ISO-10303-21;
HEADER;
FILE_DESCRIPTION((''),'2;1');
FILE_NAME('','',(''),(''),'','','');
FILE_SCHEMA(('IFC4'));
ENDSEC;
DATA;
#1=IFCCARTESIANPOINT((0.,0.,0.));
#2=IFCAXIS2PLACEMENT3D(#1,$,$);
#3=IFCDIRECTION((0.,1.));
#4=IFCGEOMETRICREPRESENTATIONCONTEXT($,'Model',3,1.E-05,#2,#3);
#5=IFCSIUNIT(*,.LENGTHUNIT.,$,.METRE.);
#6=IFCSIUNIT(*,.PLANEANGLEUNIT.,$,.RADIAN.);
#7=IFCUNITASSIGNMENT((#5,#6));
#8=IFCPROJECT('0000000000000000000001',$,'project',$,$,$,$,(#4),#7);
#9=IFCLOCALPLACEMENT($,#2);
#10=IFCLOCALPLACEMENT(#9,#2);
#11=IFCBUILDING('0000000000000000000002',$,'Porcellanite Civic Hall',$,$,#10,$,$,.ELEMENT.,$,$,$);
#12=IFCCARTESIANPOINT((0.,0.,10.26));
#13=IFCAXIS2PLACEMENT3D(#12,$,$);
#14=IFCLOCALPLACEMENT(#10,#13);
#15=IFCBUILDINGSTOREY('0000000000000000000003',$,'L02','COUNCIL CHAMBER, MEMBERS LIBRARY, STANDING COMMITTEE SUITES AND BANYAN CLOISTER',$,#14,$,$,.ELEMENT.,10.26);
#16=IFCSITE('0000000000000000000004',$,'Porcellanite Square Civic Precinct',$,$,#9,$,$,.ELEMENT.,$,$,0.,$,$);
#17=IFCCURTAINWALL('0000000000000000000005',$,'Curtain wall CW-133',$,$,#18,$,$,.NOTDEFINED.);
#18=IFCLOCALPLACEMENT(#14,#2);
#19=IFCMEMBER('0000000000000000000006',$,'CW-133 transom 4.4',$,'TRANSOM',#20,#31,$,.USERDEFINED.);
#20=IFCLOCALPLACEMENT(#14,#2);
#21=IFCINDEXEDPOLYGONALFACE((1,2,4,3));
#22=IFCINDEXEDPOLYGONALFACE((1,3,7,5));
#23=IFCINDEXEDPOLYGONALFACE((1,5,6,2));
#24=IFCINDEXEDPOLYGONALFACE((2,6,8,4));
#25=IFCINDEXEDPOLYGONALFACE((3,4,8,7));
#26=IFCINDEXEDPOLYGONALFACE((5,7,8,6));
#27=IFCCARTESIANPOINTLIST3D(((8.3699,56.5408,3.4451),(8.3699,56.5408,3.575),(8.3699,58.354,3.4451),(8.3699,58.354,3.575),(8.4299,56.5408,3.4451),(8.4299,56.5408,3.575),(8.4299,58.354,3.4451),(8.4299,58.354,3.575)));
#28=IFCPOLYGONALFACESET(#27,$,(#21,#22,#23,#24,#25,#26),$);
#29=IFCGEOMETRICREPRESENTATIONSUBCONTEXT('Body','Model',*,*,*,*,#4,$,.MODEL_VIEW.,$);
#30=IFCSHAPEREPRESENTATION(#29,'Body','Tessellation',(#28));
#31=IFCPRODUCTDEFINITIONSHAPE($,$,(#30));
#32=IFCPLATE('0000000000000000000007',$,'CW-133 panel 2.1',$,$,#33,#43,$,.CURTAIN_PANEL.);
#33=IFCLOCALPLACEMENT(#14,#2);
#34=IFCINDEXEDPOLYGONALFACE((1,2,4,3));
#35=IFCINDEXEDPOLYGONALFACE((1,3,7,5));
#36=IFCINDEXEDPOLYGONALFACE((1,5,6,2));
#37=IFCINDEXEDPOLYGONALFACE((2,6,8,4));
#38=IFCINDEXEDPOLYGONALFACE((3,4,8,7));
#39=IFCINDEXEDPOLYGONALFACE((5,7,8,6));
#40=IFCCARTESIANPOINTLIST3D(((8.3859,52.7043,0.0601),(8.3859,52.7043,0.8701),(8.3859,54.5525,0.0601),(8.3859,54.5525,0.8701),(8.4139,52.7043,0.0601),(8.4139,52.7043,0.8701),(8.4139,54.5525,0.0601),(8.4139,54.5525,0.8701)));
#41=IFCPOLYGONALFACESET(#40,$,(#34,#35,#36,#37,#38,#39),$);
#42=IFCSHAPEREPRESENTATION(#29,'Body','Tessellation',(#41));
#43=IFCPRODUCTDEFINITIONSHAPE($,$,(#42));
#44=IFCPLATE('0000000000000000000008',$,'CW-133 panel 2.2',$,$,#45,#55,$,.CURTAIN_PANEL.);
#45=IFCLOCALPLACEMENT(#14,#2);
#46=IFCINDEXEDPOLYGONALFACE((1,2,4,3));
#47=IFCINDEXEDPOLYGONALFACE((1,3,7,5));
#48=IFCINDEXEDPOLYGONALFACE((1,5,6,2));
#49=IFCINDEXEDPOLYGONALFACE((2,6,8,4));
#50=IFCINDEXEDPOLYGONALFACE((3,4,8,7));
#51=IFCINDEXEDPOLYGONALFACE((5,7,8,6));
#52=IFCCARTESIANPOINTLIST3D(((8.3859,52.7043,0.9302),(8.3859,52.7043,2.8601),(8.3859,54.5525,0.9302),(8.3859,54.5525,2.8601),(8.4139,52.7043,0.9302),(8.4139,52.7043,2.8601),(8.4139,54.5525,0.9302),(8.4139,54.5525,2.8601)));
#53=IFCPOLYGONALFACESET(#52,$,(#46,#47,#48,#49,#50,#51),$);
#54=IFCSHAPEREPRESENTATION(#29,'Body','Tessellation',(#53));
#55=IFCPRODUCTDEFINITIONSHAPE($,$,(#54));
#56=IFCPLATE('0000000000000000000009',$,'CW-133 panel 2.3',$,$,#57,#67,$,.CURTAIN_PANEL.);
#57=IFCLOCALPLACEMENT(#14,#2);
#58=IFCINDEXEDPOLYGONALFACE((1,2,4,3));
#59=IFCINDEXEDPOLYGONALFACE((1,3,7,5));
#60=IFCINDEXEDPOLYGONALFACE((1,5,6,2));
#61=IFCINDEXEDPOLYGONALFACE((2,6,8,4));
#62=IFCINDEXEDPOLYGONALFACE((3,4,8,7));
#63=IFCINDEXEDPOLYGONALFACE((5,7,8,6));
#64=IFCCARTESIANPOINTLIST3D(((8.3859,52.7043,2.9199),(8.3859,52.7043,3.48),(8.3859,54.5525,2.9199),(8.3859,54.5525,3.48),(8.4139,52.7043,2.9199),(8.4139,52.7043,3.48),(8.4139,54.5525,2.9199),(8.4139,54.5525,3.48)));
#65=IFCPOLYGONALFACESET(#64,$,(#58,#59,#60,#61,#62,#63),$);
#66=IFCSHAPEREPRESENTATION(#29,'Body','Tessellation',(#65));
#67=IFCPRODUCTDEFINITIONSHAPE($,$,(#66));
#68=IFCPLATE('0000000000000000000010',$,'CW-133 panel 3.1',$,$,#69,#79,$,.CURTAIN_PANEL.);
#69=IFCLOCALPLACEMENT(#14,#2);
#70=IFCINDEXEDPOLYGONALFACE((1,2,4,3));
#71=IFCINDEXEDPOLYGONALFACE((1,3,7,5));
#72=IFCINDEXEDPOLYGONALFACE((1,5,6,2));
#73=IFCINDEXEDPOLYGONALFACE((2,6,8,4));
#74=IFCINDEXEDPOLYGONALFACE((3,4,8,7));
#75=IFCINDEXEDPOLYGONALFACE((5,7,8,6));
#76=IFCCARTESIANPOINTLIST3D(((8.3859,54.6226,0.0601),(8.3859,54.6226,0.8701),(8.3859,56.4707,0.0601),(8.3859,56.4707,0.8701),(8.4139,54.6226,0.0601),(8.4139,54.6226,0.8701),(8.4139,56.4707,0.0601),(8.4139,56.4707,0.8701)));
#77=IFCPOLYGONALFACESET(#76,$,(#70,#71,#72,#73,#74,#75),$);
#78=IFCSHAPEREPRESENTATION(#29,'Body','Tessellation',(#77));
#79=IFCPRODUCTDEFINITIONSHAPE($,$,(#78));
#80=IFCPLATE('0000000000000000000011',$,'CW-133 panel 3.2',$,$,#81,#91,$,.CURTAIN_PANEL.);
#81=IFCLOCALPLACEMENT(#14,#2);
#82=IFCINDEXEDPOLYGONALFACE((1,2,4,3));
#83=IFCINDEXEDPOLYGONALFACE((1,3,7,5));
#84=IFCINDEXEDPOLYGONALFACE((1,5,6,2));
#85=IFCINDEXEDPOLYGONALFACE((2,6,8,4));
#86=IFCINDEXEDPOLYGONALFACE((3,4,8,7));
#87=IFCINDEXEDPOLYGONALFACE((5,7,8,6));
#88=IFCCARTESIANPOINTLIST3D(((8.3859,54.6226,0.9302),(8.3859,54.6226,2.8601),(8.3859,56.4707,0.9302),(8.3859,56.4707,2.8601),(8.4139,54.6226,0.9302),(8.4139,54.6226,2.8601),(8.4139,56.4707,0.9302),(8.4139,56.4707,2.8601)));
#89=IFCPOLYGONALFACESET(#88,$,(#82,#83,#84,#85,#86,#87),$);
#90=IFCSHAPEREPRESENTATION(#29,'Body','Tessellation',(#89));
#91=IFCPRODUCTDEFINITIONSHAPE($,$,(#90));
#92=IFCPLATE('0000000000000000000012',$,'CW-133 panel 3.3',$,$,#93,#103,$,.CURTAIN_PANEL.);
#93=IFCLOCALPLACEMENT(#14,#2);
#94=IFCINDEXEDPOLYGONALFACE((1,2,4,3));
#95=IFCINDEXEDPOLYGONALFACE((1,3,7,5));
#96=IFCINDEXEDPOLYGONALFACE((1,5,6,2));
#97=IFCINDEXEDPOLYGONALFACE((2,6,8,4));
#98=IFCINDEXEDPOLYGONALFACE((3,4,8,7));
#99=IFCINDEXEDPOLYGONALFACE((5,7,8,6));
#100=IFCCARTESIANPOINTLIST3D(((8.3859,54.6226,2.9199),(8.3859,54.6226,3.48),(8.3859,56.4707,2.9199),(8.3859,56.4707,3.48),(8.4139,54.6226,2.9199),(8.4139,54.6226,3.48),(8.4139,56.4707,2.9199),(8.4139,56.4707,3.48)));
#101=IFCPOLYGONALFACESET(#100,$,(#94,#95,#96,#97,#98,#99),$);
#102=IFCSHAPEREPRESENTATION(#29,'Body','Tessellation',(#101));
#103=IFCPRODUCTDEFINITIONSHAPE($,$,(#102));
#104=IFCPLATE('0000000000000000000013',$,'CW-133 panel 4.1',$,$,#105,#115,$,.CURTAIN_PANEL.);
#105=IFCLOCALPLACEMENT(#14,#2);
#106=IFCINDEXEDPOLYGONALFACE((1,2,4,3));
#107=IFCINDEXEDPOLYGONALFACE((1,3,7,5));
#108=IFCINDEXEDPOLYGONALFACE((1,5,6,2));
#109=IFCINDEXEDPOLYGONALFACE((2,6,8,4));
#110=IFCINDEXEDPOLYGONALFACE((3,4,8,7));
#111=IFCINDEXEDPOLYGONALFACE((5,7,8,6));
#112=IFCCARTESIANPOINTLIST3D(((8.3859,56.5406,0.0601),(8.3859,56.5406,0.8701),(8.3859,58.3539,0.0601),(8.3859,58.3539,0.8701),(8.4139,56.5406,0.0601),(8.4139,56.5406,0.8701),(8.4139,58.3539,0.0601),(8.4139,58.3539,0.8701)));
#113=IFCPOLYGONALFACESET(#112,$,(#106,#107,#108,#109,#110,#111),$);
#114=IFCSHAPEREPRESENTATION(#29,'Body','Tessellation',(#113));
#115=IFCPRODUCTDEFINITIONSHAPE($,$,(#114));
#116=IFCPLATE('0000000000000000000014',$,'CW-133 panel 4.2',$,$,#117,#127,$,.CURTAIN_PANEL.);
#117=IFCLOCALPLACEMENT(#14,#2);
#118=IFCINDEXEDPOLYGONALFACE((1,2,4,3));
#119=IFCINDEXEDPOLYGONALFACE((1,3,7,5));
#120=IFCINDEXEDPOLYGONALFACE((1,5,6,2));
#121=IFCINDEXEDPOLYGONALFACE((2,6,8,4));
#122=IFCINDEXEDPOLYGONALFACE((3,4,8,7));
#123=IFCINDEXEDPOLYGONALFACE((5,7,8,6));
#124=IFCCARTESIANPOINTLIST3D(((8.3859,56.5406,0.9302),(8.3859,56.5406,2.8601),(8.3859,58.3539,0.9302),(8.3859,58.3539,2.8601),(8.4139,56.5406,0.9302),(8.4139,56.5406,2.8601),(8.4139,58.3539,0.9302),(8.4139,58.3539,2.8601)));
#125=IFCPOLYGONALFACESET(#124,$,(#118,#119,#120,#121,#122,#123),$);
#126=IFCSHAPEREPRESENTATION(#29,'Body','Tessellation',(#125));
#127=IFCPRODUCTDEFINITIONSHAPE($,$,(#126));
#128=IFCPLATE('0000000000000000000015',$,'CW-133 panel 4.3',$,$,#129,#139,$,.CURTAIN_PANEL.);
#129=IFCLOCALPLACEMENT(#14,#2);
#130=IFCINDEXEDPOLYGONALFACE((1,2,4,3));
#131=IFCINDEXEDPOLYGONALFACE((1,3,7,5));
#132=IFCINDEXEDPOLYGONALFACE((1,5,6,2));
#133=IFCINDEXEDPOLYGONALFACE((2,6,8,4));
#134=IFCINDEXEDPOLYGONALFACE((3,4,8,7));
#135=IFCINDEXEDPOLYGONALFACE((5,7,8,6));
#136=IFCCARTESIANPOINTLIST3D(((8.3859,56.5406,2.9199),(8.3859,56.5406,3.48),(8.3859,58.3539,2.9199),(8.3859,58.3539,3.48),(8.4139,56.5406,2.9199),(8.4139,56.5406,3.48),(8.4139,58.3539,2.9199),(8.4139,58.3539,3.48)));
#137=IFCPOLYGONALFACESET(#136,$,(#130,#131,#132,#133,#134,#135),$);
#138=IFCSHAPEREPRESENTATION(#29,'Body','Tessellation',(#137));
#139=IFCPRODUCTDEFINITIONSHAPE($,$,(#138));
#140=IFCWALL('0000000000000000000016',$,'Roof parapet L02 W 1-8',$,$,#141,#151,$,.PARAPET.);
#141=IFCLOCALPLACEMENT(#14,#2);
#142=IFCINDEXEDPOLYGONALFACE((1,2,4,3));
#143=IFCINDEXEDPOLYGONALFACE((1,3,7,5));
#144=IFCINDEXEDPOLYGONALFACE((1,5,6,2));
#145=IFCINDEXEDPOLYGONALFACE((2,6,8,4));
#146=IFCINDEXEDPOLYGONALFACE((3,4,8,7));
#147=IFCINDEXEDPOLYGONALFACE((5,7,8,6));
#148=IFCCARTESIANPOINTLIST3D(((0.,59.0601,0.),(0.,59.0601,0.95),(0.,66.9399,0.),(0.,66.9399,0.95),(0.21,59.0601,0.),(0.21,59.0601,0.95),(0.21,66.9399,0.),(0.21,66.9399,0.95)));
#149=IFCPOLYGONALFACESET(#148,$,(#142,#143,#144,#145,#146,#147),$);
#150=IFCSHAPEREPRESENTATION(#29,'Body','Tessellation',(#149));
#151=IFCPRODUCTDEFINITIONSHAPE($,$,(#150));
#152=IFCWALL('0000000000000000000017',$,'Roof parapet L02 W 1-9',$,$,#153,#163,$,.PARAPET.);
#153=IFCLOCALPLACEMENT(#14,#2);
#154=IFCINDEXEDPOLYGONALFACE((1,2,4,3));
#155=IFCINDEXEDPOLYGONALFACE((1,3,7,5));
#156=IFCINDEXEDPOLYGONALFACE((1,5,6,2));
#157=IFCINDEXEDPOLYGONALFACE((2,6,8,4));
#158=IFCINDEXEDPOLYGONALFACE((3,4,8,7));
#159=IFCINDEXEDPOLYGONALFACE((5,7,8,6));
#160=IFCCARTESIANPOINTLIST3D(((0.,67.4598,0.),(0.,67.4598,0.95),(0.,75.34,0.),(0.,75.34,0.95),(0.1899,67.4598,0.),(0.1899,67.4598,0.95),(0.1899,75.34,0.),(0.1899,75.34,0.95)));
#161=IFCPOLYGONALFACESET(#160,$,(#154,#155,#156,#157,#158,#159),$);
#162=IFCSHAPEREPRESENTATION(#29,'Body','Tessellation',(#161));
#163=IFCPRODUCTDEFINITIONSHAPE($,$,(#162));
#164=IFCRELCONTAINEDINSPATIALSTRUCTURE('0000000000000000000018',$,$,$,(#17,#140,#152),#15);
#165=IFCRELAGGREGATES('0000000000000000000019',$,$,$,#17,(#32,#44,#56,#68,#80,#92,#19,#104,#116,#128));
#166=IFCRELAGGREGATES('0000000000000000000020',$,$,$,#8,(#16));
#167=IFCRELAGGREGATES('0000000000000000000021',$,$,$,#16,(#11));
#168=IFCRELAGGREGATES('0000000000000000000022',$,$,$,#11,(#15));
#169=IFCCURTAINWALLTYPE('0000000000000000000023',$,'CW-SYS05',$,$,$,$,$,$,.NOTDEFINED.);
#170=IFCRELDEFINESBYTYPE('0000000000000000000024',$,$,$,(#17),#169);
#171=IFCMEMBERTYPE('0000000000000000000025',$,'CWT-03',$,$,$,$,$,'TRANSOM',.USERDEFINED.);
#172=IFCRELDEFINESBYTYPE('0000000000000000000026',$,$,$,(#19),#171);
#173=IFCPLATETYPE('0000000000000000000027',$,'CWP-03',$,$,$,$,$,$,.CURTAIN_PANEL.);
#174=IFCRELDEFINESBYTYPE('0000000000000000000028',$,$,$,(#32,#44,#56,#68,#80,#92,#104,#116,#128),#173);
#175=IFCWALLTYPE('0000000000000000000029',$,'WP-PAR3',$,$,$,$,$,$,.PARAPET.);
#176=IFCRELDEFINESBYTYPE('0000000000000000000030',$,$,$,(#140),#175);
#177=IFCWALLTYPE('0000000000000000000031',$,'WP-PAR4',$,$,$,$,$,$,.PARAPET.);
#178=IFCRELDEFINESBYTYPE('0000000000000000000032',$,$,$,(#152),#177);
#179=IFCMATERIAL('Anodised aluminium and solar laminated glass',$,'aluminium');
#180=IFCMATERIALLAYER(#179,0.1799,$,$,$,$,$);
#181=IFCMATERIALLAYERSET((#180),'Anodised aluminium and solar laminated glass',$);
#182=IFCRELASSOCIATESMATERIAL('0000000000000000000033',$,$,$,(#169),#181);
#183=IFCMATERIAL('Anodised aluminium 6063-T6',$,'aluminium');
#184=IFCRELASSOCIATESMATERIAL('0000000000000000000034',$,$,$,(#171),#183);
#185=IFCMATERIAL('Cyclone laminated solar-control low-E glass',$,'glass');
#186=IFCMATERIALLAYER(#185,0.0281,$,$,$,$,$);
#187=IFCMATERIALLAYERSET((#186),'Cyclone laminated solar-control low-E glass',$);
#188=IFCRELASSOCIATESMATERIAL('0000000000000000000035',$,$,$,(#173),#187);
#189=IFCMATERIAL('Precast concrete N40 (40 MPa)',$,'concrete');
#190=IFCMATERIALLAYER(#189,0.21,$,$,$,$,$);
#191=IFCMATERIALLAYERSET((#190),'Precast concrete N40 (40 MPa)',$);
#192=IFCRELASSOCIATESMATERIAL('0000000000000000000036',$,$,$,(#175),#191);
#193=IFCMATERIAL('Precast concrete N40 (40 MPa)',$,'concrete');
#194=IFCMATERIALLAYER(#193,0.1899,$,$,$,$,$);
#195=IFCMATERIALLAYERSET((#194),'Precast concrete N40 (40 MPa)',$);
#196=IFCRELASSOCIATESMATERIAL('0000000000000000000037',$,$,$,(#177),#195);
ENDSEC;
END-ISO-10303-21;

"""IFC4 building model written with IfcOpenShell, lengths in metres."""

from ifc_helpers import new_model, si_unit, direction, frame, frame_2d, origin, origin_2d, place, context, subcontext, project, spatial, rectangle, extrude, material, layer, layer_set, material_profile, profile_set, type_object, element, aggregate, save


model = new_model("IFC4")

# Units and contexts
model_context = context("Model", 3, precision=1e-05, world=origin(), true_north=direction((0.0, 1.0)))
body_context = subcontext(model_context, "Body", "Model", "MODEL_VIEW")
ifc_project = project(units=[si_unit("LENGTHUNIT", "METRE"), si_unit("PLANEANGLEUNIT", "RADIAN")], contexts=[model_context])

# Site, building, storey
site_placement = place(None, origin())
site = spatial("IfcSite", under=ifc_project, at=site_placement, Name="Porcellanite Square Civic Precinct", CompositionType="ELEMENT", RefElevation=0.0)
building_placement = place(site_placement, origin())
building = spatial("IfcBuilding", under=site, at=building_placement, Name="Porcellanite Civic Hall", CompositionType="ELEMENT")
storey_placement = place(building_placement, frame((0.0, 0.0, 10.26)))
storey = spatial("IfcBuildingStorey", under=building, at=storey_placement, Name="L02", Description="COUNCIL CHAMBER, MEMBERS LIBRARY, STANDING COMMITTEE SUITES AND BANYAN CLOISTER", CompositionType="ELEMENT", Elevation=10.26)

# Curtain wall, member, plates
ifc_material_1 = material(Name="Anodised aluminium and solar laminated glass", Category="aluminium")
ifc_layer_1 = layer(ifc_material_1, 0.1799)
ifc_layer_set_1 = layer_set([ifc_layer_1], Name="Anodised aluminium and solar laminated glass")
curtain_wall_type = type_object("IfcCurtainWallType", Name="CW-SYS05", PredefinedType="NOTDEFINED", material=ifc_layer_set_1)
curtain_wall_placement = place(storey_placement, origin())
curtain_wall = element("IfcCurtainWall", 1, at=curtain_wall_placement, inside=storey, type_object=curtain_wall_type, Name="Curtain wall CW-133", PredefinedType="NOTDEFINED")
ifc_material_2 = material(Name="Anodised aluminium 6063-T6", Category="aluminium")
ifc_material_profile_1 = material_profile(ifc_material_2, rectangle(XDim=0.0601, YDim=0.1299, at=origin_2d()), Name="AL-60x130")
ifc_profile_set_1 = profile_set([ifc_material_profile_1], Name="Anodised aluminium 6063-T6")
member_type_1 = type_object("IfcMemberType", Name="CWT-03", ElementType="TRANSOM", PredefinedType="USERDEFINED", material=ifc_profile_set_1)
member_1_placement = place(storey_placement, frame((8.3999, 56.5408, 3.51), z_axis=(0.0, 1.0, 0.0), x_axis=(-1.0, 0.0, 0.0)))
member_1 = element("IfcMember", 2, at=member_1_placement, type_object=member_type_1, Name="CW-133 transom 4.4", ObjectType="TRANSOM", PredefinedType="USERDEFINED", context=body_context, shape_type="SweptSolid", body=[
    extrude(rectangle(XDim=0.0601, YDim=0.1299, at=origin_2d()), origin(), (0.0, 0.0, 1.0), 1.8132),
])
ifc_material_3 = material(Name="Cyclone laminated solar-control low-E glass", Category="glass")
ifc_layer_2 = layer(ifc_material_3, 0.0281)
ifc_layer_set_2 = layer_set([ifc_layer_2], Name="Cyclone laminated solar-control low-E glass")
plate_type = type_object("IfcPlateType", Name="CWP-03", PredefinedType="CURTAIN_PANEL", material=ifc_layer_set_2)
plate_1_placement = place(storey_placement, frame((8.3999, 53.6284, 0.0601), z_axis=(0.0, 0.0, 1.0), x_axis=(0.0, 1.0, 0.0)))
plate_1 = element("IfcPlate", 3, at=plate_1_placement, type_object=plate_type, Name="CW-133 panel 2.1", PredefinedType="CURTAIN_PANEL", context=body_context, shape_type="SweptSolid", body=[
    extrude(rectangle(XDim=1.8481, YDim=0.0281, at=origin_2d()), origin(), (0.0, 0.0, 1.0), 0.8101),
])
plate_2_placement = place(storey_placement, frame((8.3999, 53.6284, 0.9302), z_axis=(0.0, 0.0, 1.0), x_axis=(0.0, 1.0, 0.0)))
plate_2 = element("IfcPlate", 4, at=plate_2_placement, type_object=plate_type, Name="CW-133 panel 2.2", PredefinedType="CURTAIN_PANEL", context=body_context, shape_type="SweptSolid", body=[
    extrude(rectangle(XDim=1.8481, YDim=0.0281, at=origin_2d()), origin(), (0.0, 0.0, 1.0), 1.9299),
])
plate_3_placement = place(storey_placement, frame((8.3999, 53.6284, 2.9199), z_axis=(0.0, 0.0, 1.0), x_axis=(0.0, 1.0, 0.0)))
plate_3 = element("IfcPlate", 5, at=plate_3_placement, type_object=plate_type, Name="CW-133 panel 2.3", PredefinedType="CURTAIN_PANEL", context=body_context, shape_type="SweptSolid", body=[
    extrude(rectangle(XDim=1.8481, YDim=0.0281, at=origin_2d()), origin(), (0.0, 0.0, 1.0), 0.5601),
])
plate_4_placement = place(storey_placement, frame((8.3999, 55.5466, 0.0601), z_axis=(0.0, 0.0, 1.0), x_axis=(0.0, 1.0, 0.0)))
plate_4 = element("IfcPlate", 6, at=plate_4_placement, type_object=plate_type, Name="CW-133 panel 3.1", PredefinedType="CURTAIN_PANEL", context=body_context, shape_type="SweptSolid", body=[
    extrude(rectangle(XDim=1.8481, YDim=0.0281, at=origin_2d()), origin(), (0.0, 0.0, 1.0), 0.8101),
])
plate_5_placement = place(storey_placement, frame((8.3999, 55.5466, 0.9302), z_axis=(0.0, 0.0, 1.0), x_axis=(0.0, 1.0, 0.0)))
plate_5 = element("IfcPlate", 7, at=plate_5_placement, type_object=plate_type, Name="CW-133 panel 3.2", PredefinedType="CURTAIN_PANEL", context=body_context, shape_type="SweptSolid", body=[
    extrude(rectangle(XDim=1.8481, YDim=0.0281, at=origin_2d()), origin(), (0.0, 0.0, 1.0), 1.9299),
])
plate_6_placement = place(storey_placement, frame((8.3999, 55.5466, 2.9199), z_axis=(0.0, 0.0, 1.0), x_axis=(0.0, 1.0, 0.0)))
plate_6 = element("IfcPlate", 8, at=plate_6_placement, type_object=plate_type, Name="CW-133 panel 3.3", PredefinedType="CURTAIN_PANEL", context=body_context, shape_type="SweptSolid", body=[
    extrude(rectangle(XDim=1.8481, YDim=0.0281, at=origin_2d()), origin(), (0.0, 0.0, 1.0), 0.5601),
])
plate_7_placement = place(storey_placement, frame((8.3999, 57.4473, 0.0601), z_axis=(0.0, 0.0, 1.0), x_axis=(0.0, 1.0, 0.0)))
plate_7 = element("IfcPlate", 9, at=plate_7_placement, type_object=plate_type, Name="CW-133 panel 4.1", PredefinedType="CURTAIN_PANEL", context=body_context, shape_type="SweptSolid", body=[
    extrude(rectangle(XDim=1.8132, YDim=0.0281, at=origin_2d()), origin(), (0.0, 0.0, 1.0), 0.8101),
])
plate_8_placement = place(storey_placement, frame((8.3999, 57.4473, 0.9302), z_axis=(0.0, 0.0, 1.0), x_axis=(0.0, 1.0, 0.0)))
plate_8 = element("IfcPlate", 10, at=plate_8_placement, type_object=plate_type, Name="CW-133 panel 4.2", PredefinedType="CURTAIN_PANEL", context=body_context, shape_type="SweptSolid", body=[
    extrude(rectangle(XDim=1.8132, YDim=0.0281, at=origin_2d()), origin(), (0.0, 0.0, 1.0), 1.9299),
])
plate_9_placement = place(storey_placement, frame((8.3999, 57.4473, 2.9199), z_axis=(0.0, 0.0, 1.0), x_axis=(0.0, 1.0, 0.0)))
plate_9 = element("IfcPlate", 11, at=plate_9_placement, type_object=plate_type, Name="CW-133 panel 4.3", PredefinedType="CURTAIN_PANEL", context=body_context, shape_type="SweptSolid", body=[
    extrude(rectangle(XDim=1.8132, YDim=0.0281, at=origin_2d()), origin(), (0.0, 0.0, 1.0), 0.5601),
])
aggregate(curtain_wall, [plate_1, plate_2, plate_3, plate_4, plate_5, plate_6, member_1, plate_7, plate_8, plate_9])

# Walls
ifc_material_4 = material(Name="Precast concrete N40 (40 MPa)", Category="concrete")
ifc_layer_3 = layer(ifc_material_4, 0.21)
ifc_layer_set_3 = layer_set([ifc_layer_3], Name="Precast concrete N40 (40 MPa)")
wall_type_1 = type_object("IfcWallType", Name="WP-PAR3", PredefinedType="PARAPET", material=ifc_layer_set_3)
wall_1_placement = place(storey_placement, frame((0.105, 59.0601, 0.0), z_axis=(0.0, 0.0, 1.0), x_axis=(0.0, 1.0, 0.0)))
element("IfcWall", 12, at=wall_1_placement, inside=storey, type_object=wall_type_1, Name="Roof parapet L02 W 1-8", PredefinedType="PARAPET", context=body_context, shape_type="SweptSolid", body=[
    extrude(rectangle(XDim=7.8799, YDim=0.21, at=frame_2d((3.9399, 0.0))), origin(), (0.0, 0.0, 1.0), 0.95),
])
ifc_material_5 = material(Name="Precast concrete N40 (40 MPa)", Category="concrete")
ifc_layer_4 = layer(ifc_material_5, 0.1899)
ifc_layer_set_4 = layer_set([ifc_layer_4], Name="Precast concrete N40 (40 MPa)")
wall_type_2 = type_object("IfcWallType", Name="WP-PAR4", PredefinedType="PARAPET", material=ifc_layer_set_4)
wall_2_placement = place(storey_placement, frame((0.095, 67.46, 0.0), z_axis=(0.0, 0.0, 1.0), x_axis=(0.0, 1.0, 0.0)))
element("IfcWall", 13, at=wall_2_placement, inside=storey, type_object=wall_type_2, Name="Roof parapet L02 W 1-9", PredefinedType="PARAPET", context=body_context, shape_type="SweptSolid", body=[
    extrude(rectangle(XDim=7.8801, YDim=0.1899, at=frame_2d((3.9399, 0.0))), origin(), (0.0, 0.0, 1.0), 0.95),
])

save(model, "model.ifc")
